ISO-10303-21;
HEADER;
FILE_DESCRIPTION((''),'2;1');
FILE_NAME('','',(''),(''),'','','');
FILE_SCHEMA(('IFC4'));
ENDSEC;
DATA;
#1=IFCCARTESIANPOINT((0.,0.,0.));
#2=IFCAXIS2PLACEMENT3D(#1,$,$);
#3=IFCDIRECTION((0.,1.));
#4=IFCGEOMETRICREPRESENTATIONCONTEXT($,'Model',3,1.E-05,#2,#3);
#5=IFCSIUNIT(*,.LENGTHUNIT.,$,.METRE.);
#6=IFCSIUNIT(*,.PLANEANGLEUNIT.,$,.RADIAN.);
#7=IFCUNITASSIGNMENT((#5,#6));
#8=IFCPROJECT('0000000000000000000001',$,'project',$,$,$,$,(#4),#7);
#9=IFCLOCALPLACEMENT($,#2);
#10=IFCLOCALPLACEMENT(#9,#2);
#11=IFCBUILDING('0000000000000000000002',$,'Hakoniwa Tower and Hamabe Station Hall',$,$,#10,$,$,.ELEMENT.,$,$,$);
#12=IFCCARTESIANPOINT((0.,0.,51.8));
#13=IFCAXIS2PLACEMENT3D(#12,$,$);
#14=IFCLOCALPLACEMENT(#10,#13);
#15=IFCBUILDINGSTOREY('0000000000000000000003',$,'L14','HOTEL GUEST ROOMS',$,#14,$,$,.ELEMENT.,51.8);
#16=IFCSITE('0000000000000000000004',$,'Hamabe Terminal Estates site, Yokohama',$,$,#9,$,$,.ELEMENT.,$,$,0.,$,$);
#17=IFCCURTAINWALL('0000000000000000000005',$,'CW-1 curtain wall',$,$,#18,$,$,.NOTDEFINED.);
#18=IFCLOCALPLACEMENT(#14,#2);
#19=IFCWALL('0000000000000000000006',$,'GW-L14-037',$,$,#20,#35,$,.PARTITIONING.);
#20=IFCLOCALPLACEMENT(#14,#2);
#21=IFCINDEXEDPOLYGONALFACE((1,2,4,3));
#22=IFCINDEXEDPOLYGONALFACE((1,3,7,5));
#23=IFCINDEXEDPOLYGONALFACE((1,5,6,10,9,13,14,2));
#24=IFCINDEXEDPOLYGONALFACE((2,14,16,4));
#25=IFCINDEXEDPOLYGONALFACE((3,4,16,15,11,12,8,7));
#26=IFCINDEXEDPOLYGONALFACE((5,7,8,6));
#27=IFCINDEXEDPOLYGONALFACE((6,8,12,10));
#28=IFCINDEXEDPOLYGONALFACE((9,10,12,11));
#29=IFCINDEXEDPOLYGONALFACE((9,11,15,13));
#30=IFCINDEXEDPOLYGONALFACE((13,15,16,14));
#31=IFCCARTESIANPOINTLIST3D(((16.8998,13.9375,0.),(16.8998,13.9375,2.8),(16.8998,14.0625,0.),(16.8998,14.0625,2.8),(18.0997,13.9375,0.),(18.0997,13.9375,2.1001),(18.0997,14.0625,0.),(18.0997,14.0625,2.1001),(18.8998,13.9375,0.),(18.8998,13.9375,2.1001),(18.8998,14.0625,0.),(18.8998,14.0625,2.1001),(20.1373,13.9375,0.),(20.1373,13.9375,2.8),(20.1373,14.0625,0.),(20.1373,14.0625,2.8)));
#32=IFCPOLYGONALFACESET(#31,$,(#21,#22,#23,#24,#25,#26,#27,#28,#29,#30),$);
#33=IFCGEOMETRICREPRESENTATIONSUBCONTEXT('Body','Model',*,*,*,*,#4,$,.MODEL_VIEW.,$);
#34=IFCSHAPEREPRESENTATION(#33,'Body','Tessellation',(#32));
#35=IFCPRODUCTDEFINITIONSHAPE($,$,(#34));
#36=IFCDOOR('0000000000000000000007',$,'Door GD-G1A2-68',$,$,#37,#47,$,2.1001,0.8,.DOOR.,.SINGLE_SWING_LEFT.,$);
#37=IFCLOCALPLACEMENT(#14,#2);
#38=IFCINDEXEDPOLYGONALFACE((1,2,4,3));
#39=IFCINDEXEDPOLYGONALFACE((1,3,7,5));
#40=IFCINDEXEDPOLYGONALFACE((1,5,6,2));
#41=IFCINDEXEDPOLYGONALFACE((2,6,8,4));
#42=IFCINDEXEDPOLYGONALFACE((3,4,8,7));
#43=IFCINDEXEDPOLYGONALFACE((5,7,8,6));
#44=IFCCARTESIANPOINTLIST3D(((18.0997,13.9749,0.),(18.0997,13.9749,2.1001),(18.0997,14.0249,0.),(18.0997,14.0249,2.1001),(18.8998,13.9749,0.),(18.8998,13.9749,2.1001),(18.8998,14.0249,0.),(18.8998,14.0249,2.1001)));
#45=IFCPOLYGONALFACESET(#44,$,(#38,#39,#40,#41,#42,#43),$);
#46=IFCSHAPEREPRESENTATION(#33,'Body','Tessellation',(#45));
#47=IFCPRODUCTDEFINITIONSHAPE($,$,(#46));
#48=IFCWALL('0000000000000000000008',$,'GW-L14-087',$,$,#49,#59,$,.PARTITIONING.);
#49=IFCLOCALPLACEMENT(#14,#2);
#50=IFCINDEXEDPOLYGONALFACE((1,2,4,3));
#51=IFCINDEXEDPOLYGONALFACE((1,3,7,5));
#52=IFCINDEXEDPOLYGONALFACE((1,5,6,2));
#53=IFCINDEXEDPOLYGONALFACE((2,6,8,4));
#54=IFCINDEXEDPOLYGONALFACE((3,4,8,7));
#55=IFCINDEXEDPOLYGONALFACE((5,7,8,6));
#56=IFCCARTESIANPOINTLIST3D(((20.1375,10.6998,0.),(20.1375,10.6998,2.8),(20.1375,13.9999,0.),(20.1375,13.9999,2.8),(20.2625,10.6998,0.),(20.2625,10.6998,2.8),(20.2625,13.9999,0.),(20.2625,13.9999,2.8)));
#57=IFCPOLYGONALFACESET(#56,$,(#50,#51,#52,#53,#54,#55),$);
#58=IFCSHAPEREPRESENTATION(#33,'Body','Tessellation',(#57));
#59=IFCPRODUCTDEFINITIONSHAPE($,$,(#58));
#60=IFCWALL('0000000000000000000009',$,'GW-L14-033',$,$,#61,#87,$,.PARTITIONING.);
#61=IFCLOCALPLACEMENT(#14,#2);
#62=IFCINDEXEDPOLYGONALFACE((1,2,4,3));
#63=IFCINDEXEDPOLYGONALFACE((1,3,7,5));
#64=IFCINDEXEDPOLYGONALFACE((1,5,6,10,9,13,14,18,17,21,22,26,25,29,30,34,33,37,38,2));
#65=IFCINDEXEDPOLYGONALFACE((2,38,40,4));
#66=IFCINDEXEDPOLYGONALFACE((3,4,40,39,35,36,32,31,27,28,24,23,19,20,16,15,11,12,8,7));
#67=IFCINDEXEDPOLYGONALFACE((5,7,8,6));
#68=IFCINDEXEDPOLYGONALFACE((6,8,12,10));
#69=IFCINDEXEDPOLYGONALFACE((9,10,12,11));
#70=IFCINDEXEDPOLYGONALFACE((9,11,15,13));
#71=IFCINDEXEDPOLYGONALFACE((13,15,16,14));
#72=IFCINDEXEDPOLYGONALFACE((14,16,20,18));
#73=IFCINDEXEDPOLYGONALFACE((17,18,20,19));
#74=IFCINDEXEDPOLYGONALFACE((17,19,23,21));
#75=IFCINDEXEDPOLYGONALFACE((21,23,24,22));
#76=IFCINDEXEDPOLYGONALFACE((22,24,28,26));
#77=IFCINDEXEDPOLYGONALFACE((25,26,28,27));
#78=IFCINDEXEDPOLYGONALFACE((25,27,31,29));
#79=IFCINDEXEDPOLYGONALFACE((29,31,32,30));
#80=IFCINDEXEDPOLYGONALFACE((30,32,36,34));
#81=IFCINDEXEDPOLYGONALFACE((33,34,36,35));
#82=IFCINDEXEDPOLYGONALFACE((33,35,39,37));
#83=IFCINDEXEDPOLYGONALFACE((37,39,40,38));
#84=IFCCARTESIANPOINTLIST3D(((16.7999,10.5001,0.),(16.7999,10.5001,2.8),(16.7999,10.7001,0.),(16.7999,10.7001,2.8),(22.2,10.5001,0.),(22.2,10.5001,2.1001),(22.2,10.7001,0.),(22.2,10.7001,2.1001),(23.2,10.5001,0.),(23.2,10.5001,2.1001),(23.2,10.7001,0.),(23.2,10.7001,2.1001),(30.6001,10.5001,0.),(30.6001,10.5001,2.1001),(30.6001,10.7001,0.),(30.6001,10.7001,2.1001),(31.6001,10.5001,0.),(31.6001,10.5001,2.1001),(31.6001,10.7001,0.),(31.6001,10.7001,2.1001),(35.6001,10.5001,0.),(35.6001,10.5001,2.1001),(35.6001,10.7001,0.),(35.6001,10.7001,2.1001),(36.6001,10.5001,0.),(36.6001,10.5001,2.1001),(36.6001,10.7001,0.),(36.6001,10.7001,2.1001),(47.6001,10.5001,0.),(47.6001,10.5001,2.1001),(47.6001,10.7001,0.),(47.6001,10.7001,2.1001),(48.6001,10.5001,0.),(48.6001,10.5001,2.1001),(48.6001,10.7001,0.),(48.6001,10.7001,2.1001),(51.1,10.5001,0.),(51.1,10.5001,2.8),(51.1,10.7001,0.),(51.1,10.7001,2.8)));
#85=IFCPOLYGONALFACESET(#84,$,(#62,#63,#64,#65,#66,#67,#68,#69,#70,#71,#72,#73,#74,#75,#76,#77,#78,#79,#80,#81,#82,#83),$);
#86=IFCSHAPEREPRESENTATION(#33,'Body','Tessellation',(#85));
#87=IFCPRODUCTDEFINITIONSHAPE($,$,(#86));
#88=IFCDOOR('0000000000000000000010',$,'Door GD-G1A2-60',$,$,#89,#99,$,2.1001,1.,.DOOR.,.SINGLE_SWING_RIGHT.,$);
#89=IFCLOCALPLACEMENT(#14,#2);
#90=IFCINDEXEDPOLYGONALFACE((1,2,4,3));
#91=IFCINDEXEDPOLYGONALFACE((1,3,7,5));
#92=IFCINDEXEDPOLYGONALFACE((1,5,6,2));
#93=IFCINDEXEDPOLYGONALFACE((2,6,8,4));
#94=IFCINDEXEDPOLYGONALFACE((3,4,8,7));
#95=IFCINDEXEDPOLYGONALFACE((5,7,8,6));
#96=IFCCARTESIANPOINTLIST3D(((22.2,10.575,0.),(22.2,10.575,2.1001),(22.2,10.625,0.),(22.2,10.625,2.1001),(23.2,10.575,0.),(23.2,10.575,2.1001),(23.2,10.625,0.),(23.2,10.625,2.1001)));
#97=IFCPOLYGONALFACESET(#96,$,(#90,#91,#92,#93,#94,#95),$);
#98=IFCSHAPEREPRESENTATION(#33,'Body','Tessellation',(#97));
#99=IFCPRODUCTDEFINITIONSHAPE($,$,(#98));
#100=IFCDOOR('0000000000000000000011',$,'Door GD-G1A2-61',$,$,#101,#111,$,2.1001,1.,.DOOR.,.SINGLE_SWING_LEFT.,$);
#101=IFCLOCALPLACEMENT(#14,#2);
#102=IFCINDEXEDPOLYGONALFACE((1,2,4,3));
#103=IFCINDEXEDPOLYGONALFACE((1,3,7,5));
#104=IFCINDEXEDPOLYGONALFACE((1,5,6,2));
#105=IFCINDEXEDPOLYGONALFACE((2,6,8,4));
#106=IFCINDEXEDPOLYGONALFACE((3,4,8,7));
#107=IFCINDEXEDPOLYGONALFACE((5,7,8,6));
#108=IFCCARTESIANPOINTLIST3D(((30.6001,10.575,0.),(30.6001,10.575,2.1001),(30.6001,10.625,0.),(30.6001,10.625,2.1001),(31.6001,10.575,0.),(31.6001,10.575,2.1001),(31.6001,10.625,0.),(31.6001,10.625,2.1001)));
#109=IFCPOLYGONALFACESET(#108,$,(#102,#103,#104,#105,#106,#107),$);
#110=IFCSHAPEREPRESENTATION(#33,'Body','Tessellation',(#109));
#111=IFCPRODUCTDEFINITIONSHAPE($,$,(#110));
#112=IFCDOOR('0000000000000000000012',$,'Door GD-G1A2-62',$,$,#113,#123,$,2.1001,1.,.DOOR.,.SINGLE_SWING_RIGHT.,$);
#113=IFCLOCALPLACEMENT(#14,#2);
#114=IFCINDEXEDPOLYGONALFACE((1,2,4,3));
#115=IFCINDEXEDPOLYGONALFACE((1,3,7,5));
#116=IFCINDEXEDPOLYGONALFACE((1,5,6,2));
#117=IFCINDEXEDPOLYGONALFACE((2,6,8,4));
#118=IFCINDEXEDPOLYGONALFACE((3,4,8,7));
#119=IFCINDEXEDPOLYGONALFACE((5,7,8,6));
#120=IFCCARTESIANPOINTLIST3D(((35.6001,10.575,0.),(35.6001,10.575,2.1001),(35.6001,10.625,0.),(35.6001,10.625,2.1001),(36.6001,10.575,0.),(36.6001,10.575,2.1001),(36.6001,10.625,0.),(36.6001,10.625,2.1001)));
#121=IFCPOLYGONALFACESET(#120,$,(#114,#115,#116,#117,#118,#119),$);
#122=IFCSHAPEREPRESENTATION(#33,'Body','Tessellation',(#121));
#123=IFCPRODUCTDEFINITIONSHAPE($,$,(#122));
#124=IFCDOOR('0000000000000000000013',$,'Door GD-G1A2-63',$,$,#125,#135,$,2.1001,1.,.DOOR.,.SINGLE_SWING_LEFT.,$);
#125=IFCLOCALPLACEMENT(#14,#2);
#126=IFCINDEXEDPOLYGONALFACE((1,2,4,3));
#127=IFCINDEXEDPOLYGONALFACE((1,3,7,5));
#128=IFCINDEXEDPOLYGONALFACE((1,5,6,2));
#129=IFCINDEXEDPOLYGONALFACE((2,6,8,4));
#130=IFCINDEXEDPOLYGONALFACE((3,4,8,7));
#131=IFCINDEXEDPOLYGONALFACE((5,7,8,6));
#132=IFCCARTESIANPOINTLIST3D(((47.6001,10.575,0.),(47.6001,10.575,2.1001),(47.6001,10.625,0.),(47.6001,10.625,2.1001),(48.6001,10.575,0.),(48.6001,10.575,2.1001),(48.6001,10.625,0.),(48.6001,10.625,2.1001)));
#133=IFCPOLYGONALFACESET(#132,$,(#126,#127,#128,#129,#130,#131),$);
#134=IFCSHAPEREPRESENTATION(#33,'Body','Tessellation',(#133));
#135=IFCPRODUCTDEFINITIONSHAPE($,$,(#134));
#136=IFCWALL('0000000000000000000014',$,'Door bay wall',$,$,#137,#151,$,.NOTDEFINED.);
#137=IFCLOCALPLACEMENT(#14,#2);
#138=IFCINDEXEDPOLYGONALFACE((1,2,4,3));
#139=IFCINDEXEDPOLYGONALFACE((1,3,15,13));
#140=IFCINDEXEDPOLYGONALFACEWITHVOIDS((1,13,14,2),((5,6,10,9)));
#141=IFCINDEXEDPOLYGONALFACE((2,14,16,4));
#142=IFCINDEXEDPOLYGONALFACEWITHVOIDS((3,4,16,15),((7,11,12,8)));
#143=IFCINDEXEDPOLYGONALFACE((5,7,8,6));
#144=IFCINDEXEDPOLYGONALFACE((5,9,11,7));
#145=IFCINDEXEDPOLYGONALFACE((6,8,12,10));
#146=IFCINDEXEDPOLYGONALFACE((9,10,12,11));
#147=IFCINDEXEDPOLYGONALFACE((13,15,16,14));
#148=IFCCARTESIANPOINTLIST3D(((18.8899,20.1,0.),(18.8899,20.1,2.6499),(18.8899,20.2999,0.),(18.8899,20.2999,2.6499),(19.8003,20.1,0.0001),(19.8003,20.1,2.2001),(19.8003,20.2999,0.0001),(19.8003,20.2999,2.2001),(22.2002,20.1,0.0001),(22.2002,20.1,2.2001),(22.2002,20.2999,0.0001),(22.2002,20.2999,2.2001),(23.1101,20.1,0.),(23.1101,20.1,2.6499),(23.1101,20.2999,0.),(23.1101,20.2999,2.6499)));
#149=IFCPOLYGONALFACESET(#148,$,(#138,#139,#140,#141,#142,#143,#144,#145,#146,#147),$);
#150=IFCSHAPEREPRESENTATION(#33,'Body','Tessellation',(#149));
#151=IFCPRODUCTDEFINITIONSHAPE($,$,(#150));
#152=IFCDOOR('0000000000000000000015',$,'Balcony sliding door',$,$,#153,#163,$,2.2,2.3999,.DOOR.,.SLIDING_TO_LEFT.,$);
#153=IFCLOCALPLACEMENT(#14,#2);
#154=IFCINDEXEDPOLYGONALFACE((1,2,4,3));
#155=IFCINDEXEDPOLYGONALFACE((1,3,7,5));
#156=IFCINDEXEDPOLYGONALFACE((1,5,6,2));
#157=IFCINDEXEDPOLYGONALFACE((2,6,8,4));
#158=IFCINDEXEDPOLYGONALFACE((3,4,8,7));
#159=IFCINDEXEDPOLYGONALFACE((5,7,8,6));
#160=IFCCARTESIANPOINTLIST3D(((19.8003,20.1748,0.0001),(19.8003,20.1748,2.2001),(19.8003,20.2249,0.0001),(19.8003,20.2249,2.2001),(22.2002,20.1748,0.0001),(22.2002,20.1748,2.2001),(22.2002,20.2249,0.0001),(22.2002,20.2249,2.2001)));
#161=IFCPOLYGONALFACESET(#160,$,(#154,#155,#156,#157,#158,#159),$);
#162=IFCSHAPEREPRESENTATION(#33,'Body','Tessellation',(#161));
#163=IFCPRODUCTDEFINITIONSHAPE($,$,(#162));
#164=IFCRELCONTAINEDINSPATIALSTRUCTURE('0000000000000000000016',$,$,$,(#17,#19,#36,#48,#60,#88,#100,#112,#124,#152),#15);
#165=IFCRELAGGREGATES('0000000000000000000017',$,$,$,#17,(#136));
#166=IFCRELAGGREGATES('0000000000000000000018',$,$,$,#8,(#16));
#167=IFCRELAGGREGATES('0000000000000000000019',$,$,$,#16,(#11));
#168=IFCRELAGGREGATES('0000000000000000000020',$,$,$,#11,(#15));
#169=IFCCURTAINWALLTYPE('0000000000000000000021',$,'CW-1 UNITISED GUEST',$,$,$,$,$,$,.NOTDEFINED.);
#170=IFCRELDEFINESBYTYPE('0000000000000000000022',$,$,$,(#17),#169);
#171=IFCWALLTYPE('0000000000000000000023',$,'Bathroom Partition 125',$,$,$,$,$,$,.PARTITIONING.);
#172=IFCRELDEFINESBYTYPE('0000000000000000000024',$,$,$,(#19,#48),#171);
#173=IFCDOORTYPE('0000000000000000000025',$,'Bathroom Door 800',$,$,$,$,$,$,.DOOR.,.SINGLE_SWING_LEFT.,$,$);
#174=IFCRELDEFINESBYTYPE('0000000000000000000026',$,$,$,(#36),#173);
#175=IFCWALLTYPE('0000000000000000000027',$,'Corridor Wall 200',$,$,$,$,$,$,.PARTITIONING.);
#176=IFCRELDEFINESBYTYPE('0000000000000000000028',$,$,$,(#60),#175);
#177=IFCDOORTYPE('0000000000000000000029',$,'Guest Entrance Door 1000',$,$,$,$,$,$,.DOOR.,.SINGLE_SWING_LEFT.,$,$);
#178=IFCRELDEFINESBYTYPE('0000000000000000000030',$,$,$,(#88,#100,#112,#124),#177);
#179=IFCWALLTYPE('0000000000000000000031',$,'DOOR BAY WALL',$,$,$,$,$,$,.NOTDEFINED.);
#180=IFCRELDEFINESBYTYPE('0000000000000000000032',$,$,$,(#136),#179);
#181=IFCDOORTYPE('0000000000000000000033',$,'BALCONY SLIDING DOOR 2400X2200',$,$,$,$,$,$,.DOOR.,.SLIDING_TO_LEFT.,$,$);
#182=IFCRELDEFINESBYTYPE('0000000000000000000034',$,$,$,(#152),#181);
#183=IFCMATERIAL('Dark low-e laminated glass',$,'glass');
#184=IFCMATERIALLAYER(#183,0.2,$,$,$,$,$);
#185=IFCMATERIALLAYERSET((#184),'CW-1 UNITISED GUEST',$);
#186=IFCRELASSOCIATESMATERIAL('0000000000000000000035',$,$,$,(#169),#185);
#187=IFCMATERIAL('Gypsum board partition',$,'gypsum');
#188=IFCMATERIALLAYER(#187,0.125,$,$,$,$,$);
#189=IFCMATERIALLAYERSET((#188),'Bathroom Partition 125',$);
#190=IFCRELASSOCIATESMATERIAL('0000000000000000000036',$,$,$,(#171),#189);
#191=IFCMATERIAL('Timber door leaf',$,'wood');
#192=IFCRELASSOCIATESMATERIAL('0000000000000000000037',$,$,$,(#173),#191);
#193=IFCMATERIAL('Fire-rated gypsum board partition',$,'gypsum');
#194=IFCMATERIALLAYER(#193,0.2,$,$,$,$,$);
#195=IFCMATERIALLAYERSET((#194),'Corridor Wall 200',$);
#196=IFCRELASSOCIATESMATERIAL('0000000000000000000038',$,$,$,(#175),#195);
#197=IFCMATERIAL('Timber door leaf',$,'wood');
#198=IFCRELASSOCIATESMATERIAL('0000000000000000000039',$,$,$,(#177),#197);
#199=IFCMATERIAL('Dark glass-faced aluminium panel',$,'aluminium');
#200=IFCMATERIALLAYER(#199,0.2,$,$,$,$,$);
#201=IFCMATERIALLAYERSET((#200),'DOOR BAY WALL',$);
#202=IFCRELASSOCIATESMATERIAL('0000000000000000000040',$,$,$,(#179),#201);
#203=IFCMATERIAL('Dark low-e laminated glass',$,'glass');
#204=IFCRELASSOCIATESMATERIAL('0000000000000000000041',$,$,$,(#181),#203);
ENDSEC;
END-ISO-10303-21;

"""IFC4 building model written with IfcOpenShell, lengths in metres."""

from ifc_helpers import new_model, si_unit, direction, frame, frame_2d, origin, place, context, subcontext, project, spatial, rectangle, extrude, material, layer, layer_set, type_object, element, fill, aggregate, save


model = new_model("IFC4")

# Units and contexts
model_context = context("Model", 3, precision=1e-05, world=origin(), true_north=direction((0.0, 1.0)))
body_context = subcontext(model_context, "Body", "Model", "MODEL_VIEW")
ifc_project = project(units=[si_unit("LENGTHUNIT", "METRE"), si_unit("PLANEANGLEUNIT", "RADIAN")], contexts=[model_context])

# Site, building, storey
site_placement = place(None, origin())
site = spatial("IfcSite", under=ifc_project, at=site_placement, Name="Hamabe Terminal Estates site, Yokohama", CompositionType="ELEMENT", RefElevation=0.0)
building_placement = place(site_placement, origin())
building = spatial("IfcBuilding", under=site, at=building_placement, Name="Hakoniwa Tower and Hamabe Station Hall", CompositionType="ELEMENT")
storey_placement = place(building_placement, frame((0.0, 0.0, 51.8)))
storey = spatial("IfcBuildingStorey", under=building, at=storey_placement, Name="L14", Description="HOTEL GUEST ROOMS", CompositionType="ELEMENT", Elevation=51.8)

# Curtain wall
ifc_material_1 = material(Name="Dark low-e laminated glass", Category="glass")
ifc_layer_1 = layer(ifc_material_1, 0.2)
ifc_layer_set_1 = layer_set([ifc_layer_1], Name="CW-1 UNITISED GUEST")
curtain_wall_type = type_object("IfcCurtainWallType", Name="CW-1 UNITISED GUEST", PredefinedType="NOTDEFINED", material=ifc_layer_set_1)
curtain_wall_placement = place(storey_placement, origin())
curtain_wall = element("IfcCurtainWall", 1, at=curtain_wall_placement, inside=storey, type_object=curtain_wall_type, Name="CW-1 curtain wall", PredefinedType="NOTDEFINED")

# Wall, opening, door
ifc_material_2 = material(Name="Gypsum board partition", Category="gypsum")
ifc_layer_2 = layer(ifc_material_2, 0.125)
ifc_layer_set_2 = layer_set([ifc_layer_2], Name="Bathroom Partition 125")
wall_type_1 = type_object("IfcWallType", Name="Bathroom Partition 125", PredefinedType="PARTITIONING", material=ifc_layer_set_2)
ifc_material_3 = material(Name="Timber door leaf", Category="wood")
door_type_1 = type_object("IfcDoorType", Name="Bathroom Door 800", OperationType="SINGLE_SWING_LEFT", PredefinedType="DOOR", material=ifc_material_3)
wall_1_placement = place(storey_placement, frame((16.8999, 14.0, 0.0), z_axis=(0.0, 0.0, 1.0), x_axis=(1.0, 0.0, 0.0)))
wall_1 = element("IfcWall", 2, at=wall_1_placement, inside=storey, type_object=wall_type_1, Name="GW-L14-037", PredefinedType="PARTITIONING", context=body_context, shape_type="SweptSolid", body=[
    extrude(rectangle(XDim=3.2375, YDim=0.125, at=frame_2d((1.6187, 0.0))), origin(), (0.0, 0.0, 1.0), 2.8),
])
opening_1_placement = place(wall_1_placement, frame((1.2, 0.0, 0.0)))
opening_1 = element("IfcOpeningElement", 3, at=opening_1_placement, cuts=wall_1, PredefinedType="OPENING", context=body_context, shape_type="SweptSolid", body=[
    extrude(rectangle(XDim=0.8, YDim=2.1001, at=frame_2d((0.3999, 1.05))), frame((0.0, 0.0725, 0.0), z_axis=(0.0, -1.0, 0.0), x_axis=(1.0, 0.0, 0.0)), (0.0, 0.0, 1.0), 0.145),
])
door_1_placement = place(opening_1_placement, origin())
door_1 = element("IfcDoor", 4, at=door_1_placement, inside=storey, type_object=door_type_1, Name="Door GD-G1A2-68", OperationType="SINGLE_SWING_LEFT", OverallHeight=2.1001, OverallWidth=0.8, PredefinedType="DOOR", context=body_context, shape_type="SweptSolid", body=[
    extrude(rectangle(XDim=0.8, YDim=2.1001, at=frame_2d((0.3999, 1.05))), frame((0.0, 0.0249, 0.0), z_axis=(0.0, -1.0, 0.0), x_axis=(1.0, 0.0, 0.0)), (0.0, 0.0, 1.0), 0.05),
])
fill(opening_1, door_1)

# Wall
wall_2_placement = place(storey_placement, frame((20.2, 10.7, 0.0), z_axis=(0.0, 0.0, 1.0), x_axis=(0.0, 1.0, 0.0)))
element("IfcWall", 5, at=wall_2_placement, inside=storey, type_object=wall_type_1, Name="GW-L14-087", PredefinedType="PARTITIONING", context=body_context, shape_type="SweptSolid", body=[
    extrude(rectangle(XDim=3.3, YDim=0.125, at=frame_2d((1.6499, 0.0))), origin(), (0.0, 0.0, 1.0), 2.8),
])

# Wall, openings, doors
ifc_material_4 = material(Name="Fire-rated gypsum board partition", Category="gypsum")
ifc_layer_3 = layer(ifc_material_4, 0.2)
ifc_layer_set_3 = layer_set([ifc_layer_3], Name="Corridor Wall 200")
wall_type_2 = type_object("IfcWallType", Name="Corridor Wall 200", PredefinedType="PARTITIONING", material=ifc_layer_set_3)
wall_3_placement = place(storey_placement, frame((16.8, 10.6001, 0.0), z_axis=(0.0, 0.0, 1.0), x_axis=(1.0, 0.0, 0.0)))
wall_3 = element("IfcWall", 6, at=wall_3_placement, inside=storey, type_object=wall_type_2, Name="GW-L14-033", PredefinedType="PARTITIONING", context=body_context, shape_type="SweptSolid", body=[
    extrude(rectangle(XDim=34.3, YDim=0.2, at=frame_2d((17.1499, 0.0))), origin(), (0.0, 0.0, 1.0), 2.8),
])
opening_2_placement = place(wall_3_placement, frame((5.3999, 0.0, 0.0)))
opening_2 = element("IfcOpeningElement", 7, at=opening_2_placement, cuts=wall_3, PredefinedType="OPENING", context=body_context, shape_type="SweptSolid", body=[
    extrude(rectangle(XDim=1.0, YDim=2.1001, at=frame_2d((0.5, 1.05))), frame((0.0, 0.1099, 0.0), z_axis=(0.0, -1.0, 0.0), x_axis=(1.0, 0.0, 0.0)), (0.0, 0.0, 1.0), 0.22),
])
opening_3_placement = place(wall_3_placement, frame((13.8, 0.0, 0.0)))
opening_3 = element("IfcOpeningElement", 8, at=opening_3_placement, cuts=wall_3, PredefinedType="OPENING", context=body_context, shape_type="SweptSolid", body=[
    extrude(rectangle(XDim=1.0, YDim=2.1001, at=frame_2d((0.5, 1.05))), frame((0.0, 0.1099, 0.0), z_axis=(0.0, -1.0, 0.0), x_axis=(1.0, 0.0, 0.0)), (0.0, 0.0, 1.0), 0.22),
])
opening_4_placement = place(wall_3_placement, frame((18.8, 0.0, 0.0)))
opening_4 = element("IfcOpeningElement", 9, at=opening_4_placement, cuts=wall_3, PredefinedType="OPENING", context=body_context, shape_type="SweptSolid", body=[
    extrude(rectangle(XDim=1.0, YDim=2.1001, at=frame_2d((0.5, 1.05))), frame((0.0, 0.1099, 0.0), z_axis=(0.0, -1.0, 0.0), x_axis=(1.0, 0.0, 0.0)), (0.0, 0.0, 1.0), 0.22),
])
opening_5_placement = place(wall_3_placement, frame((30.8, 0.0, 0.0)))
opening_5 = element("IfcOpeningElement", 10, at=opening_5_placement, cuts=wall_3, PredefinedType="OPENING", context=body_context, shape_type="SweptSolid", body=[
    extrude(rectangle(XDim=1.0, YDim=2.1001, at=frame_2d((0.5, 1.05))), frame((0.0, 0.1099, 0.0), z_axis=(0.0, -1.0, 0.0), x_axis=(1.0, 0.0, 0.0)), (0.0, 0.0, 1.0), 0.22),
])
ifc_material_5 = material(Name="Timber door leaf", Category="wood")
door_type_2 = type_object("IfcDoorType", Name="Guest Entrance Door 1000", OperationType="SINGLE_SWING_LEFT", PredefinedType="DOOR", material=ifc_material_5)
door_2_placement = place(opening_2_placement, origin())
door_2 = element("IfcDoor", 11, at=door_2_placement, inside=storey, type_object=door_type_2, Name="Door GD-G1A2-60", OperationType="SINGLE_SWING_RIGHT", OverallHeight=2.1001, OverallWidth=1.0, PredefinedType="DOOR", context=body_context, shape_type="SweptSolid", body=[
    extrude(rectangle(XDim=1.0, YDim=2.1001, at=frame_2d((0.5, 1.05))), frame((0.0, 0.0249, 0.0), z_axis=(0.0, -1.0, 0.0), x_axis=(1.0, 0.0, 0.0)), (0.0, 0.0, 1.0), 0.05),
])
fill(opening_2, door_2)
door_3_placement = place(opening_3_placement, origin())
door_3 = element("IfcDoor", 12, at=door_3_placement, inside=storey, type_object=door_type_2, Name="Door GD-G1A2-61", OperationType="SINGLE_SWING_LEFT", OverallHeight=2.1001, OverallWidth=1.0, PredefinedType="DOOR", context=body_context, shape_type="SweptSolid", body=[
    extrude(rectangle(XDim=1.0, YDim=2.1001, at=frame_2d((0.5, 1.05))), frame((0.0, 0.0249, 0.0), z_axis=(0.0, -1.0, 0.0), x_axis=(1.0, 0.0, 0.0)), (0.0, 0.0, 1.0), 0.05),
])
fill(opening_3, door_3)
door_4_placement = place(opening_4_placement, origin())
door_4 = element("IfcDoor", 13, at=door_4_placement, inside=storey, type_object=door_type_2, Name="Door GD-G1A2-62", OperationType="SINGLE_SWING_RIGHT", OverallHeight=2.1001, OverallWidth=1.0, PredefinedType="DOOR", context=body_context, shape_type="SweptSolid", body=[
    extrude(rectangle(XDim=1.0, YDim=2.1001, at=frame_2d((0.5, 1.05))), frame((0.0, 0.0249, 0.0), z_axis=(0.0, -1.0, 0.0), x_axis=(1.0, 0.0, 0.0)), (0.0, 0.0, 1.0), 0.05),
])
fill(opening_4, door_4)
door_5_placement = place(opening_5_placement, origin())
door_5 = element("IfcDoor", 14, at=door_5_placement, inside=storey, type_object=door_type_2, Name="Door GD-G1A2-63", OperationType="SINGLE_SWING_LEFT", OverallHeight=2.1001, OverallWidth=1.0, PredefinedType="DOOR", context=body_context, shape_type="SweptSolid", body=[
    extrude(rectangle(XDim=1.0, YDim=2.1001, at=frame_2d((0.5, 1.05))), frame((0.0, 0.0249, 0.0), z_axis=(0.0, -1.0, 0.0), x_axis=(1.0, 0.0, 0.0)), (0.0, 0.0, 1.0), 0.05),
])
fill(opening_5, door_5)

# Wall, opening, door
ifc_material_6 = material(Name="Dark glass-faced aluminium panel", Category="aluminium")
ifc_layer_4 = layer(ifc_material_6, 0.2)
ifc_layer_set_4 = layer_set([ifc_layer_4], Name="DOOR BAY WALL")
wall_type_3 = type_object("IfcWallType", Name="DOOR BAY WALL", PredefinedType="NOTDEFINED", material=ifc_layer_set_4)
wall_4_placement = place(storey_placement, frame((23.1101, 20.2, 0.0), z_axis=(0.0, 0.0, 1.0), x_axis=(-1.0, 0.0, 0.0)))
wall_4 = element("IfcWall", 15, at=wall_4_placement, type_object=wall_type_3, Name="Door bay wall", PredefinedType="NOTDEFINED", context=body_context, shape_type="SweptSolid", body=[
    extrude(rectangle(XDim=4.2202, YDim=0.2, at=frame_2d((2.1101, 0.0))), origin(), (0.0, 0.0, 1.0), 2.6499),
])
opening_6_placement = place(wall_4_placement, frame((0.9099, 0.0, 0.0)))
opening_6 = element("IfcOpeningElement", 16, at=opening_6_placement, cuts=wall_4, PredefinedType="OPENING", context=body_context, shape_type="SweptSolid", body=[
    extrude(rectangle(XDim=2.3999, YDim=2.2, at=frame_2d((1.2, 1.1001))), frame((0.0, 0.1099, 0.0), z_axis=(0.0, -1.0, 0.0), x_axis=(1.0, 0.0, 0.0)), (0.0, 0.0, 1.0), 0.22),
])
ifc_material_7 = material(Name="Dark low-e laminated glass", Category="glass")
door_type_3 = type_object("IfcDoorType", Name="BALCONY SLIDING DOOR 2400X2200", OperationType="SLIDING_TO_LEFT", PredefinedType="DOOR", material=ifc_material_7)
door_6_placement = place(opening_6_placement, frame((2.3999, 0.0, 0.0), z_axis=(0.0, 0.0, 1.0), x_axis=(-1.0, 0.0, 0.0)))
door_6 = element("IfcDoor", 17, at=door_6_placement, inside=storey, type_object=door_type_3, Name="Balcony sliding door", OperationType="SLIDING_TO_LEFT", OverallHeight=2.2, OverallWidth=2.3999, PredefinedType="DOOR", context=body_context, shape_type="SweptSolid", body=[
    extrude(rectangle(XDim=2.3999, YDim=2.2, at=frame_2d((1.2, 1.1001))), frame((0.0, 0.0249, 0.0), z_axis=(0.0, -1.0, 0.0), x_axis=(1.0, 0.0, 0.0)), (0.0, 0.0, 1.0), 0.05),
])
fill(opening_6, door_6)
aggregate(curtain_wall, [wall_4])

save(model, "model.ifc")
